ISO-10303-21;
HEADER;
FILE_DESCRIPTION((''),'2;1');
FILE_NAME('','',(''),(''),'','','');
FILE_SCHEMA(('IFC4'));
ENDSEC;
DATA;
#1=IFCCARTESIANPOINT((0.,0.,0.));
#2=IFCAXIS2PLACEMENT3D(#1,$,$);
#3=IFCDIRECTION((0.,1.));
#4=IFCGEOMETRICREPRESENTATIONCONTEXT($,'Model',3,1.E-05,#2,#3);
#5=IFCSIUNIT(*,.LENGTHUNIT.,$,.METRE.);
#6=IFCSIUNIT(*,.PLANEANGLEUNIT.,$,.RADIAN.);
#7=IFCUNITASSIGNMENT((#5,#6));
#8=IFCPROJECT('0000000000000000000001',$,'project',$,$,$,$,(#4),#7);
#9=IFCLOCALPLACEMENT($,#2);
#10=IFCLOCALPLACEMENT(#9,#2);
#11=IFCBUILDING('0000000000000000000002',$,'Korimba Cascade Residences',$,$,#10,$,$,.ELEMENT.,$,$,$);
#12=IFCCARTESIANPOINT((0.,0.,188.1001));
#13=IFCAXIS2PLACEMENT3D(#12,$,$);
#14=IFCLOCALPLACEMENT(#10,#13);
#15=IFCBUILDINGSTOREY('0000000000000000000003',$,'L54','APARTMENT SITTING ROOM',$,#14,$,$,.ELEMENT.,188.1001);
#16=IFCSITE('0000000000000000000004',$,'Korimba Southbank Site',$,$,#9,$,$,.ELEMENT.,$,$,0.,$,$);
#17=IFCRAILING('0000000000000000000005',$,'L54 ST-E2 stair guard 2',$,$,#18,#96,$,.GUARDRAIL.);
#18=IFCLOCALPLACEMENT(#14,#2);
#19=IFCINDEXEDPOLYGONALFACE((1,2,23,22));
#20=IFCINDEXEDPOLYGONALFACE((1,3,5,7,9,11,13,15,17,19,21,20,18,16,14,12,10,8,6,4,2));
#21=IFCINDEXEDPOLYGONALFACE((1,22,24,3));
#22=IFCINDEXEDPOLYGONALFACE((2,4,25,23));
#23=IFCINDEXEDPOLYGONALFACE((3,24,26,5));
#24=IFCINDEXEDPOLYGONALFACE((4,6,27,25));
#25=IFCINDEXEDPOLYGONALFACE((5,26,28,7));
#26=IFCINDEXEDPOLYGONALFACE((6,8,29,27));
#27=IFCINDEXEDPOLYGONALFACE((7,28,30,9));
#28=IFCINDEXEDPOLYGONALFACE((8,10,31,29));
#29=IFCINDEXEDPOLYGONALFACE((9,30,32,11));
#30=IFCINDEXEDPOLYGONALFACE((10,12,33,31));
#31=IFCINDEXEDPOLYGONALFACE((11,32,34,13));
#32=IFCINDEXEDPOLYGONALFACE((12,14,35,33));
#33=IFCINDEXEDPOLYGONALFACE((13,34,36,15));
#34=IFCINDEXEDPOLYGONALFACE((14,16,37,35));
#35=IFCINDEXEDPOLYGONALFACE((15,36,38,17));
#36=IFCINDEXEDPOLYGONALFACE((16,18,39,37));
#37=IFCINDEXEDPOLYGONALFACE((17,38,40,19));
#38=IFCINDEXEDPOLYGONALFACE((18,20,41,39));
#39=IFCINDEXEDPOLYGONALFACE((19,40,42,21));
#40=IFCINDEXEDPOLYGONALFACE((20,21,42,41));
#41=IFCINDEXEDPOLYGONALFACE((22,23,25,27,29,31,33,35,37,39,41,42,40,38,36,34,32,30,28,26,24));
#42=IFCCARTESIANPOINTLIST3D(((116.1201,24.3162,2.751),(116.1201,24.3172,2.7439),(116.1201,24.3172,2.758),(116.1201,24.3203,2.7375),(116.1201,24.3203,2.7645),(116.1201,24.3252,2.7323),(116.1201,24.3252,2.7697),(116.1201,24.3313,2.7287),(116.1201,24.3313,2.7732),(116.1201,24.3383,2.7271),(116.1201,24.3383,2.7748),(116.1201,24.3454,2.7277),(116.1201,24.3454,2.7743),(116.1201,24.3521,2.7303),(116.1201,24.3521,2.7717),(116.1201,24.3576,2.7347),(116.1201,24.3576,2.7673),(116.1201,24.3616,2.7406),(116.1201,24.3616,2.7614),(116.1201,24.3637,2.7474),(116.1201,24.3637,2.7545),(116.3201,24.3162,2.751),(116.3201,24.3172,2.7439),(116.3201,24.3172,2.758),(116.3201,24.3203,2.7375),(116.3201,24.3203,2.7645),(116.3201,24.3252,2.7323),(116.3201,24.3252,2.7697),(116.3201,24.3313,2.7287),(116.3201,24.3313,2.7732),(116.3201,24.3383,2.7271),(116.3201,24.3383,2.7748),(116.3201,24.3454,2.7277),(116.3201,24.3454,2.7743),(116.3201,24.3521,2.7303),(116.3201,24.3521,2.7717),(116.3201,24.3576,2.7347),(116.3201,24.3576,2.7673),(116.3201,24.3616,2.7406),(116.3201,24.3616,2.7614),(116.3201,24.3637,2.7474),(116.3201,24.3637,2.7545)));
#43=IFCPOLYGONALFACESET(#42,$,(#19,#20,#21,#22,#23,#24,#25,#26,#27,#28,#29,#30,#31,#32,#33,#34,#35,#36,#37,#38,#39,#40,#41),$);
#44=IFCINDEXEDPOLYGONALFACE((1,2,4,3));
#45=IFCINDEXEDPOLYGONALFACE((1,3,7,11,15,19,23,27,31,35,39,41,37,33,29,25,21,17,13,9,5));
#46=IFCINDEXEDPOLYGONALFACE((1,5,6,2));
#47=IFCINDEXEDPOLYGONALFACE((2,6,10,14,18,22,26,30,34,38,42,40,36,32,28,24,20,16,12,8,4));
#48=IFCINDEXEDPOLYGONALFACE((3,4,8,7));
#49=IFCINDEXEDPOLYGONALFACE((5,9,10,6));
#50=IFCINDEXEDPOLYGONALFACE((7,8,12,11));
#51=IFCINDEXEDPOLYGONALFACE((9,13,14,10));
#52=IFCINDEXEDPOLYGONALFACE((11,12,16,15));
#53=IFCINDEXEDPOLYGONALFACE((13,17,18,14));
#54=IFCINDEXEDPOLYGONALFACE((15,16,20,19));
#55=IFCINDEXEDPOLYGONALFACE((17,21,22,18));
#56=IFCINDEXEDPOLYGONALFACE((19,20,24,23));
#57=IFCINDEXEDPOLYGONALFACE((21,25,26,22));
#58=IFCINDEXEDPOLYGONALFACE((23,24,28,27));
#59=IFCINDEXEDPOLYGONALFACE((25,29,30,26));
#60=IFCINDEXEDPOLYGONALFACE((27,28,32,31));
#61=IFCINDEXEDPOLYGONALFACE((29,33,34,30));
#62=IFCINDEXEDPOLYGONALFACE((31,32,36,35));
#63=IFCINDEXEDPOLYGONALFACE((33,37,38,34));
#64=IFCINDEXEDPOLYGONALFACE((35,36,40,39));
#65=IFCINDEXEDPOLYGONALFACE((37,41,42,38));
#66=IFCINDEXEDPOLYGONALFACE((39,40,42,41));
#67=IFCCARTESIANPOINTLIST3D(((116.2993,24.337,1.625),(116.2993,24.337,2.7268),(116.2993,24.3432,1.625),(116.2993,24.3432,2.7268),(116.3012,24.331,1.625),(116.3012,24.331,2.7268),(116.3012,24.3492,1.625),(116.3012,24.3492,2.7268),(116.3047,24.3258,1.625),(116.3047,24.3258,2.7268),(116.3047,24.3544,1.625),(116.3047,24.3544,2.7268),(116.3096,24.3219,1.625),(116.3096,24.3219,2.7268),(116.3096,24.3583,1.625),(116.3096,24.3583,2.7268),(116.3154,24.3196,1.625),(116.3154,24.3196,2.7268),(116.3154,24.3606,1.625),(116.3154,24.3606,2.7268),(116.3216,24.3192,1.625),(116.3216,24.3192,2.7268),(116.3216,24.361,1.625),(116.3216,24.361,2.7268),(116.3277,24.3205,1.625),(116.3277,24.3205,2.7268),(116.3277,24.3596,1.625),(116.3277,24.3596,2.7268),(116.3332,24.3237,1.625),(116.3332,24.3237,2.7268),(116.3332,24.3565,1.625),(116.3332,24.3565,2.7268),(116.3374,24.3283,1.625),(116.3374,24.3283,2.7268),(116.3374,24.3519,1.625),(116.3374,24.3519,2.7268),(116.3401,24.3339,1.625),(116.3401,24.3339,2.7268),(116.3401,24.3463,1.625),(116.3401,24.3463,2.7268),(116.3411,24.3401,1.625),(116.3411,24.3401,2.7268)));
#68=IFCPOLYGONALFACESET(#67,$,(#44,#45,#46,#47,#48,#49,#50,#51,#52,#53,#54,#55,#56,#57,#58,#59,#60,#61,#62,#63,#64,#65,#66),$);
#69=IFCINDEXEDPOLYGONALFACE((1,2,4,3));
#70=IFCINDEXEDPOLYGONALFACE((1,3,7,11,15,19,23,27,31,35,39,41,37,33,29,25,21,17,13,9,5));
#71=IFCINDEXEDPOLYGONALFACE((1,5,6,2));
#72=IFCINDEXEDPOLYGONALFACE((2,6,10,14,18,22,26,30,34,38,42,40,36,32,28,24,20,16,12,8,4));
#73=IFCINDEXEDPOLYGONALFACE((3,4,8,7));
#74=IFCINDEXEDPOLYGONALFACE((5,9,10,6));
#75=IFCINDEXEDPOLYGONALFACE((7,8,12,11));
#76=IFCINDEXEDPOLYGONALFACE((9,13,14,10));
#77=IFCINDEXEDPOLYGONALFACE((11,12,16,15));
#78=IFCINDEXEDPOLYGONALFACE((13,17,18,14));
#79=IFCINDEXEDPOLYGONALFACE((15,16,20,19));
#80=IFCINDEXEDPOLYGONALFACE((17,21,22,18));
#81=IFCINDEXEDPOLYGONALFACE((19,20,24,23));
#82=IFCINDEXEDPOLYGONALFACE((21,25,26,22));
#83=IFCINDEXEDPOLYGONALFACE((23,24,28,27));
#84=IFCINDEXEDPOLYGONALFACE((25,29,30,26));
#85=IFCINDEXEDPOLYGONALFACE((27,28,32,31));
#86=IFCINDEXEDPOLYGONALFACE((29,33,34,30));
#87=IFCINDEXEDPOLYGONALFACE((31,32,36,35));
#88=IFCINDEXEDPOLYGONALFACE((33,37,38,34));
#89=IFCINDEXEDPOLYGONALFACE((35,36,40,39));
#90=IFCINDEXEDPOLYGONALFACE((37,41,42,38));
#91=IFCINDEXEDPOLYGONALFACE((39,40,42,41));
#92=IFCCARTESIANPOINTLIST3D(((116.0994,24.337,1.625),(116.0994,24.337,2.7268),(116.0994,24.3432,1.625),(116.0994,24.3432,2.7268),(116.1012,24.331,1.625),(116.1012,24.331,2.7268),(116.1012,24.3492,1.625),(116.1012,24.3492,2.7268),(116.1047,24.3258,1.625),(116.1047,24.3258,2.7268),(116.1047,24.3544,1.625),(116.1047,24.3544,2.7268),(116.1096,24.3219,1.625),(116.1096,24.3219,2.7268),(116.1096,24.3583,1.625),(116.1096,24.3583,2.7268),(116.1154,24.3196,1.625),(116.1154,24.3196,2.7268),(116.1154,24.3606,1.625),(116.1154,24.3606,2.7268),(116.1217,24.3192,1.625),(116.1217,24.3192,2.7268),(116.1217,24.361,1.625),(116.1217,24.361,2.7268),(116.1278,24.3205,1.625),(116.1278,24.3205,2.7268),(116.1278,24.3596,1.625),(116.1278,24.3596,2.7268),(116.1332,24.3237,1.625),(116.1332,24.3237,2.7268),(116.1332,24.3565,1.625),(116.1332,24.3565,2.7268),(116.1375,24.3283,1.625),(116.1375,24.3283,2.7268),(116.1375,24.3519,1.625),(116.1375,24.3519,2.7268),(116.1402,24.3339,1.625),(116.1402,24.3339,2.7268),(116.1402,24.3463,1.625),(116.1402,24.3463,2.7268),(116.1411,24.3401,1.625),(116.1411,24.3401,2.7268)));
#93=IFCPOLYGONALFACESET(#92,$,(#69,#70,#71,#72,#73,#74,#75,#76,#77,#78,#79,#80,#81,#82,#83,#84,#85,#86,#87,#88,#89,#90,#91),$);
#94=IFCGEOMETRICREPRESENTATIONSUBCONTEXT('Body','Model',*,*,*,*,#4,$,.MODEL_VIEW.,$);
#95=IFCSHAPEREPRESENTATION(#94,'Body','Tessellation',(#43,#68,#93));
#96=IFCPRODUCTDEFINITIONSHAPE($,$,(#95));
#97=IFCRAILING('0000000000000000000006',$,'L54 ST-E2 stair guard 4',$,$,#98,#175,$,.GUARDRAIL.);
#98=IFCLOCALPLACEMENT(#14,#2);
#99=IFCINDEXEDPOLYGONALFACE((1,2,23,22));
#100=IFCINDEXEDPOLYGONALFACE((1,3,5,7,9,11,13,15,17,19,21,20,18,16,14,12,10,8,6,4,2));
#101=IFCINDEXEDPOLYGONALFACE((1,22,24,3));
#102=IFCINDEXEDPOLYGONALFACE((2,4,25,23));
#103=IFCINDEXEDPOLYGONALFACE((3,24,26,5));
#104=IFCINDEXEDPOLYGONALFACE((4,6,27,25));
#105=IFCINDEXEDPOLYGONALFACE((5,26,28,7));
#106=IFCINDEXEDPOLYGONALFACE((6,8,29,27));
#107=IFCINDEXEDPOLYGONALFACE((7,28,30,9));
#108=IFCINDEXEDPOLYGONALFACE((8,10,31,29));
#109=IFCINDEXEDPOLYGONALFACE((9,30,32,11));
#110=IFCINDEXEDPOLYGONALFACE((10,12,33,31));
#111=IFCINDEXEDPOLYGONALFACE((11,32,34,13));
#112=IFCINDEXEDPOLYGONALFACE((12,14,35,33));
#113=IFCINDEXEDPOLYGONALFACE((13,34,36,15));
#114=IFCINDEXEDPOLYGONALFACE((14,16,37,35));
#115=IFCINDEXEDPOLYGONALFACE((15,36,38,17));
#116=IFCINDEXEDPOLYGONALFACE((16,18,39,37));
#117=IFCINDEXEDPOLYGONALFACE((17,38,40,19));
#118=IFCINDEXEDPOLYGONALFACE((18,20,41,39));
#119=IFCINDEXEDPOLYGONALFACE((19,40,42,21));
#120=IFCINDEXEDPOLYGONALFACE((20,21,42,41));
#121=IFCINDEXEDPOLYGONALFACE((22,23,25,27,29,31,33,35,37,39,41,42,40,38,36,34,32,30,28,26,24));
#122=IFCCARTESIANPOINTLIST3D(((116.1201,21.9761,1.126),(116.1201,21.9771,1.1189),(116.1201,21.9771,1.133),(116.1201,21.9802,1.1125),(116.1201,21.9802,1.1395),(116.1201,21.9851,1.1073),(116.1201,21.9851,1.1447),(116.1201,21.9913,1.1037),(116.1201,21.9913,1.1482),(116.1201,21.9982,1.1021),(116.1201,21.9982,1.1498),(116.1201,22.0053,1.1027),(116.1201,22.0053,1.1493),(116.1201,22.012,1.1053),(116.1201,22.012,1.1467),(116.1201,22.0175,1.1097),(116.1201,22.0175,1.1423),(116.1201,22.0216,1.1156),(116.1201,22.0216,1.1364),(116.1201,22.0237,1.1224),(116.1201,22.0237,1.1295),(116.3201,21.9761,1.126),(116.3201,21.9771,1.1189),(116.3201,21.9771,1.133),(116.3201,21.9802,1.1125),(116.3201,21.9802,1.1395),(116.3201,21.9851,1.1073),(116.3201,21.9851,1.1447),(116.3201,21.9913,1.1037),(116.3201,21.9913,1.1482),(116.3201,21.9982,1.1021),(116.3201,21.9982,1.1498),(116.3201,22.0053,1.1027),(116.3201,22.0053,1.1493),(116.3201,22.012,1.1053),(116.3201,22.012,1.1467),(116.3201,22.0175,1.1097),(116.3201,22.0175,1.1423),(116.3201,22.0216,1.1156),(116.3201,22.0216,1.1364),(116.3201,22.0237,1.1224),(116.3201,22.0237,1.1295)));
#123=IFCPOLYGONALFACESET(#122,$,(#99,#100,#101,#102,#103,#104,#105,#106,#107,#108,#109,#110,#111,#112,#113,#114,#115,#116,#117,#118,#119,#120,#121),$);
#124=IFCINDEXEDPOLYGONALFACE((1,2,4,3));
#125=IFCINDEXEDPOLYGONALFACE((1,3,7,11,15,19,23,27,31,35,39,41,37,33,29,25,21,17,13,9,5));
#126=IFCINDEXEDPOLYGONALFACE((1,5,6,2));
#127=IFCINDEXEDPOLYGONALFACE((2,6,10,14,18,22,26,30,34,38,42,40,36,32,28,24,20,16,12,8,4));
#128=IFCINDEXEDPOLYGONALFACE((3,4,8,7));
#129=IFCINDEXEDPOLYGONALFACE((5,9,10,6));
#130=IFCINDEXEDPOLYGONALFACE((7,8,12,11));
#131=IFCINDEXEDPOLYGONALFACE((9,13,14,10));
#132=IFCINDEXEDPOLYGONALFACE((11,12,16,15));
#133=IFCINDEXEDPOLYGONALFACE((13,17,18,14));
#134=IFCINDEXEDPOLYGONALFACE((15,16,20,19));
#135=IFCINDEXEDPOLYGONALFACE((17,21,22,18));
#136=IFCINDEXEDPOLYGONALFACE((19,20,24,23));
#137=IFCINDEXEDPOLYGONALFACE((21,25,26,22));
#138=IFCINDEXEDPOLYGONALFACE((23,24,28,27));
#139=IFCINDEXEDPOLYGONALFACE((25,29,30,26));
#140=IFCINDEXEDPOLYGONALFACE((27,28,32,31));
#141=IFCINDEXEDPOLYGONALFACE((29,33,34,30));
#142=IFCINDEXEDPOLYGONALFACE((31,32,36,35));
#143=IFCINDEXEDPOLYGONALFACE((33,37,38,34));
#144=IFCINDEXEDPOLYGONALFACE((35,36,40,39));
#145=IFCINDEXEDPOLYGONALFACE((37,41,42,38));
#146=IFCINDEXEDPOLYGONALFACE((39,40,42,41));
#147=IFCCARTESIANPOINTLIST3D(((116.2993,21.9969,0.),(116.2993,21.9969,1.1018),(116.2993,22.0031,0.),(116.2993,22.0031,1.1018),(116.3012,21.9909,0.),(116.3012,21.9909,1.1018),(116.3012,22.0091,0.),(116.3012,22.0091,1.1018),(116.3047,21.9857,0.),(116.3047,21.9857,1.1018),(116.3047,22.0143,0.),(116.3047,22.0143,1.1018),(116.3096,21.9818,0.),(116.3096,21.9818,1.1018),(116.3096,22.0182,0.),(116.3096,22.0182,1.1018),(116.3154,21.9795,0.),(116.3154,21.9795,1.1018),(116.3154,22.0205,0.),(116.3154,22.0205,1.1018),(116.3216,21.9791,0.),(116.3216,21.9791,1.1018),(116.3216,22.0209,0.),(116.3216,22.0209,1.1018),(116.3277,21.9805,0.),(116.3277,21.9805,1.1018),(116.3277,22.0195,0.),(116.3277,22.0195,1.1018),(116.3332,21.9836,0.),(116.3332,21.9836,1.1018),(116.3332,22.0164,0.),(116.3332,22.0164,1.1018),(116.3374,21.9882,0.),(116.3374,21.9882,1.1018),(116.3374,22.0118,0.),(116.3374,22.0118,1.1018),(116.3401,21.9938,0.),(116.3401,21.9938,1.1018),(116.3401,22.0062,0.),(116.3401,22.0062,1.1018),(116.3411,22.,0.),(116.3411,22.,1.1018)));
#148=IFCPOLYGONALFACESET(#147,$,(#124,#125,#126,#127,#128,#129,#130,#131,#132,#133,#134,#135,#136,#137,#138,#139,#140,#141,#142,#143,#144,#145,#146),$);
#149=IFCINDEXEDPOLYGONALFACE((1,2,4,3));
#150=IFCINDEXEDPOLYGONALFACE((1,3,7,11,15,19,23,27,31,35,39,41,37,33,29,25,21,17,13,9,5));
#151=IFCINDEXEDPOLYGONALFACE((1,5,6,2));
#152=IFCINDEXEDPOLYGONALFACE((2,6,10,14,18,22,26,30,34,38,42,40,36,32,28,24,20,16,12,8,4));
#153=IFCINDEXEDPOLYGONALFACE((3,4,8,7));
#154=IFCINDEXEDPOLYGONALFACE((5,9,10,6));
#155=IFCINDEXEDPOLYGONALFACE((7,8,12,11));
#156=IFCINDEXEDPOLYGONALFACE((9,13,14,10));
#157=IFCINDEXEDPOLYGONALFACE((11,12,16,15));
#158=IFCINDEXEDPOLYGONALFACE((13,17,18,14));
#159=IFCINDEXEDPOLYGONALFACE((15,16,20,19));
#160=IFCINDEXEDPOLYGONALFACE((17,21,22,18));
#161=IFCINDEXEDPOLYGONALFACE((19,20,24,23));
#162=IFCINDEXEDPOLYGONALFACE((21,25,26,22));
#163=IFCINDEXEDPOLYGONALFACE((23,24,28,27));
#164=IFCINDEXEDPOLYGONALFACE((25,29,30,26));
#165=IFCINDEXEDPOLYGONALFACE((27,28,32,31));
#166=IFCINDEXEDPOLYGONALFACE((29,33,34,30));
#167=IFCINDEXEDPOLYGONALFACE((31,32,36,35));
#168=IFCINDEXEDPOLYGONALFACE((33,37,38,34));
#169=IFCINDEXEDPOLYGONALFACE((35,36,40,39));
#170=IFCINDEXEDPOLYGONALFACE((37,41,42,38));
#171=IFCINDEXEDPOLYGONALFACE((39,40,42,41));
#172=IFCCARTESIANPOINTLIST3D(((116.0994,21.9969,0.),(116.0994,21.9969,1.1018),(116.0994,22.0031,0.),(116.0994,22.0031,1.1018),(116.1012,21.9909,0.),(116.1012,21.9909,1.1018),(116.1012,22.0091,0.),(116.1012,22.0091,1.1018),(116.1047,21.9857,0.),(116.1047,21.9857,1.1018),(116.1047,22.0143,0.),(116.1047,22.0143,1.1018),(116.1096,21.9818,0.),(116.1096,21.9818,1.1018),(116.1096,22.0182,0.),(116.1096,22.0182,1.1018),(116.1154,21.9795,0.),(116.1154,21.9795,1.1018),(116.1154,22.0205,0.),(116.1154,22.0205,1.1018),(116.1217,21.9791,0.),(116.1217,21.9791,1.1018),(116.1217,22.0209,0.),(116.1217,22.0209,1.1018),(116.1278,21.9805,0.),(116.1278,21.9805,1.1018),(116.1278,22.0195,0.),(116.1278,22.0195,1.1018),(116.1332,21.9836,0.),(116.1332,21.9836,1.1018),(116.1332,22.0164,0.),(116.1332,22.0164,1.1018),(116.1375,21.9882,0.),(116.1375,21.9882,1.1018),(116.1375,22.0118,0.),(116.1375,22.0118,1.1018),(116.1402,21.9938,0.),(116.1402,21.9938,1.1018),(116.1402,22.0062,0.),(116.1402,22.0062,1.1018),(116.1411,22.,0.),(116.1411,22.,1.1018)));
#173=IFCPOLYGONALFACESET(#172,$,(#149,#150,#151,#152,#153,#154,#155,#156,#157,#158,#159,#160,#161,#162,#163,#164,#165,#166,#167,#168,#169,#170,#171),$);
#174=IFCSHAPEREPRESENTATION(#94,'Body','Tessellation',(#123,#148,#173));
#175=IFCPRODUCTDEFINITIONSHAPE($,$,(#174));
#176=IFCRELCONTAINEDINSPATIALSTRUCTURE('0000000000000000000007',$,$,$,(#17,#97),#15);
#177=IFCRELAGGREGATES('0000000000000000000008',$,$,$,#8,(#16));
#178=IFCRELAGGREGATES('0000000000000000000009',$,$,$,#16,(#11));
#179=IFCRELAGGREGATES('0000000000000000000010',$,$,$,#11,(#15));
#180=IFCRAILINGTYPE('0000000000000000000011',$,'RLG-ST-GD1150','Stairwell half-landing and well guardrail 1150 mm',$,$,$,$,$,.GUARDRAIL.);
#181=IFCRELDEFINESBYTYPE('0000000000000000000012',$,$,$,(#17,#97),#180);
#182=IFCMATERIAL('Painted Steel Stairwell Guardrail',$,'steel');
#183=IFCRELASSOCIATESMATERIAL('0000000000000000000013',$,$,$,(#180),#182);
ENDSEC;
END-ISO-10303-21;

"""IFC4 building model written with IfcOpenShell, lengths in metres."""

from ifc_helpers import new_model, si_unit, direction, frame, origin, origin_2d, place, context, subcontext, project, spatial, circle, extrude, material, type_object, element, save


model = new_model("IFC4")

# Units and contexts
model_context = context("Model", 3, precision=1e-05, world=origin(), true_north=direction((0.0, 1.0)))
body_context = subcontext(model_context, "Body", "Model", "MODEL_VIEW")
ifc_project = project(units=[si_unit("LENGTHUNIT", "METRE"), si_unit("PLANEANGLEUNIT", "RADIAN")], contexts=[model_context])

# Site, building, storey
site_placement = place(None, origin())
site = spatial("IfcSite", under=ifc_project, at=site_placement, Name="Korimba Southbank Site", CompositionType="ELEMENT", RefElevation=0.0)
building_placement = place(site_placement, origin())
building = spatial("IfcBuilding", under=site, at=building_placement, Name="Korimba Cascade Residences", CompositionType="ELEMENT")
storey_placement = place(building_placement, frame((0.0, 0.0, 188.1001)))
storey = spatial("IfcBuildingStorey", under=building, at=storey_placement, Name="L54", Description="APARTMENT SITTING ROOM", CompositionType="ELEMENT", Elevation=188.1001)

# Railings
ifc_material_1 = material(Name="Painted Steel Stairwell Guardrail", Category="steel")
railing_type_1 = type_object("IfcRailingType", Name="RLG-ST-GD1150", Description="Stairwell half-landing and well guardrail 1150 mm", PredefinedType="GUARDRAIL", material=ifc_material_1)
for number, where, name in (
    (1, (116.3201, 24.3401, 1.625), "L54 ST-E2 stair guard 2"),
    (2, (116.3201, 22.0, 0.0), "L54 ST-E2 stair guard 4"),
):
    element("IfcRailing", number, at=place(storey_placement, frame(where)), inside=storey, type_object=railing_type_1, Name=name, PredefinedType="GUARDRAIL", context=body_context, shape_type="SweptSolid", body=[
        extrude(circle(Radius=0.0239, at=origin_2d()), frame((0.0, 0.0, 1.126), z_axis=(-1.0, 0.0, 0.0), x_axis=(0.0, -1.0, 0.0)), (0.0, 0.0, 1.0), 0.2),
        extrude(circle(Radius=0.021, at=origin_2d()), origin(), (0.0, 0.0, 1.0), 1.1018),
        extrude(circle(Radius=0.021, at=origin_2d()), frame((-0.2, 0.0, 0.0)), (0.0, 0.0, 1.0), 1.1018),
    ])

save(model, "model.ifc")
